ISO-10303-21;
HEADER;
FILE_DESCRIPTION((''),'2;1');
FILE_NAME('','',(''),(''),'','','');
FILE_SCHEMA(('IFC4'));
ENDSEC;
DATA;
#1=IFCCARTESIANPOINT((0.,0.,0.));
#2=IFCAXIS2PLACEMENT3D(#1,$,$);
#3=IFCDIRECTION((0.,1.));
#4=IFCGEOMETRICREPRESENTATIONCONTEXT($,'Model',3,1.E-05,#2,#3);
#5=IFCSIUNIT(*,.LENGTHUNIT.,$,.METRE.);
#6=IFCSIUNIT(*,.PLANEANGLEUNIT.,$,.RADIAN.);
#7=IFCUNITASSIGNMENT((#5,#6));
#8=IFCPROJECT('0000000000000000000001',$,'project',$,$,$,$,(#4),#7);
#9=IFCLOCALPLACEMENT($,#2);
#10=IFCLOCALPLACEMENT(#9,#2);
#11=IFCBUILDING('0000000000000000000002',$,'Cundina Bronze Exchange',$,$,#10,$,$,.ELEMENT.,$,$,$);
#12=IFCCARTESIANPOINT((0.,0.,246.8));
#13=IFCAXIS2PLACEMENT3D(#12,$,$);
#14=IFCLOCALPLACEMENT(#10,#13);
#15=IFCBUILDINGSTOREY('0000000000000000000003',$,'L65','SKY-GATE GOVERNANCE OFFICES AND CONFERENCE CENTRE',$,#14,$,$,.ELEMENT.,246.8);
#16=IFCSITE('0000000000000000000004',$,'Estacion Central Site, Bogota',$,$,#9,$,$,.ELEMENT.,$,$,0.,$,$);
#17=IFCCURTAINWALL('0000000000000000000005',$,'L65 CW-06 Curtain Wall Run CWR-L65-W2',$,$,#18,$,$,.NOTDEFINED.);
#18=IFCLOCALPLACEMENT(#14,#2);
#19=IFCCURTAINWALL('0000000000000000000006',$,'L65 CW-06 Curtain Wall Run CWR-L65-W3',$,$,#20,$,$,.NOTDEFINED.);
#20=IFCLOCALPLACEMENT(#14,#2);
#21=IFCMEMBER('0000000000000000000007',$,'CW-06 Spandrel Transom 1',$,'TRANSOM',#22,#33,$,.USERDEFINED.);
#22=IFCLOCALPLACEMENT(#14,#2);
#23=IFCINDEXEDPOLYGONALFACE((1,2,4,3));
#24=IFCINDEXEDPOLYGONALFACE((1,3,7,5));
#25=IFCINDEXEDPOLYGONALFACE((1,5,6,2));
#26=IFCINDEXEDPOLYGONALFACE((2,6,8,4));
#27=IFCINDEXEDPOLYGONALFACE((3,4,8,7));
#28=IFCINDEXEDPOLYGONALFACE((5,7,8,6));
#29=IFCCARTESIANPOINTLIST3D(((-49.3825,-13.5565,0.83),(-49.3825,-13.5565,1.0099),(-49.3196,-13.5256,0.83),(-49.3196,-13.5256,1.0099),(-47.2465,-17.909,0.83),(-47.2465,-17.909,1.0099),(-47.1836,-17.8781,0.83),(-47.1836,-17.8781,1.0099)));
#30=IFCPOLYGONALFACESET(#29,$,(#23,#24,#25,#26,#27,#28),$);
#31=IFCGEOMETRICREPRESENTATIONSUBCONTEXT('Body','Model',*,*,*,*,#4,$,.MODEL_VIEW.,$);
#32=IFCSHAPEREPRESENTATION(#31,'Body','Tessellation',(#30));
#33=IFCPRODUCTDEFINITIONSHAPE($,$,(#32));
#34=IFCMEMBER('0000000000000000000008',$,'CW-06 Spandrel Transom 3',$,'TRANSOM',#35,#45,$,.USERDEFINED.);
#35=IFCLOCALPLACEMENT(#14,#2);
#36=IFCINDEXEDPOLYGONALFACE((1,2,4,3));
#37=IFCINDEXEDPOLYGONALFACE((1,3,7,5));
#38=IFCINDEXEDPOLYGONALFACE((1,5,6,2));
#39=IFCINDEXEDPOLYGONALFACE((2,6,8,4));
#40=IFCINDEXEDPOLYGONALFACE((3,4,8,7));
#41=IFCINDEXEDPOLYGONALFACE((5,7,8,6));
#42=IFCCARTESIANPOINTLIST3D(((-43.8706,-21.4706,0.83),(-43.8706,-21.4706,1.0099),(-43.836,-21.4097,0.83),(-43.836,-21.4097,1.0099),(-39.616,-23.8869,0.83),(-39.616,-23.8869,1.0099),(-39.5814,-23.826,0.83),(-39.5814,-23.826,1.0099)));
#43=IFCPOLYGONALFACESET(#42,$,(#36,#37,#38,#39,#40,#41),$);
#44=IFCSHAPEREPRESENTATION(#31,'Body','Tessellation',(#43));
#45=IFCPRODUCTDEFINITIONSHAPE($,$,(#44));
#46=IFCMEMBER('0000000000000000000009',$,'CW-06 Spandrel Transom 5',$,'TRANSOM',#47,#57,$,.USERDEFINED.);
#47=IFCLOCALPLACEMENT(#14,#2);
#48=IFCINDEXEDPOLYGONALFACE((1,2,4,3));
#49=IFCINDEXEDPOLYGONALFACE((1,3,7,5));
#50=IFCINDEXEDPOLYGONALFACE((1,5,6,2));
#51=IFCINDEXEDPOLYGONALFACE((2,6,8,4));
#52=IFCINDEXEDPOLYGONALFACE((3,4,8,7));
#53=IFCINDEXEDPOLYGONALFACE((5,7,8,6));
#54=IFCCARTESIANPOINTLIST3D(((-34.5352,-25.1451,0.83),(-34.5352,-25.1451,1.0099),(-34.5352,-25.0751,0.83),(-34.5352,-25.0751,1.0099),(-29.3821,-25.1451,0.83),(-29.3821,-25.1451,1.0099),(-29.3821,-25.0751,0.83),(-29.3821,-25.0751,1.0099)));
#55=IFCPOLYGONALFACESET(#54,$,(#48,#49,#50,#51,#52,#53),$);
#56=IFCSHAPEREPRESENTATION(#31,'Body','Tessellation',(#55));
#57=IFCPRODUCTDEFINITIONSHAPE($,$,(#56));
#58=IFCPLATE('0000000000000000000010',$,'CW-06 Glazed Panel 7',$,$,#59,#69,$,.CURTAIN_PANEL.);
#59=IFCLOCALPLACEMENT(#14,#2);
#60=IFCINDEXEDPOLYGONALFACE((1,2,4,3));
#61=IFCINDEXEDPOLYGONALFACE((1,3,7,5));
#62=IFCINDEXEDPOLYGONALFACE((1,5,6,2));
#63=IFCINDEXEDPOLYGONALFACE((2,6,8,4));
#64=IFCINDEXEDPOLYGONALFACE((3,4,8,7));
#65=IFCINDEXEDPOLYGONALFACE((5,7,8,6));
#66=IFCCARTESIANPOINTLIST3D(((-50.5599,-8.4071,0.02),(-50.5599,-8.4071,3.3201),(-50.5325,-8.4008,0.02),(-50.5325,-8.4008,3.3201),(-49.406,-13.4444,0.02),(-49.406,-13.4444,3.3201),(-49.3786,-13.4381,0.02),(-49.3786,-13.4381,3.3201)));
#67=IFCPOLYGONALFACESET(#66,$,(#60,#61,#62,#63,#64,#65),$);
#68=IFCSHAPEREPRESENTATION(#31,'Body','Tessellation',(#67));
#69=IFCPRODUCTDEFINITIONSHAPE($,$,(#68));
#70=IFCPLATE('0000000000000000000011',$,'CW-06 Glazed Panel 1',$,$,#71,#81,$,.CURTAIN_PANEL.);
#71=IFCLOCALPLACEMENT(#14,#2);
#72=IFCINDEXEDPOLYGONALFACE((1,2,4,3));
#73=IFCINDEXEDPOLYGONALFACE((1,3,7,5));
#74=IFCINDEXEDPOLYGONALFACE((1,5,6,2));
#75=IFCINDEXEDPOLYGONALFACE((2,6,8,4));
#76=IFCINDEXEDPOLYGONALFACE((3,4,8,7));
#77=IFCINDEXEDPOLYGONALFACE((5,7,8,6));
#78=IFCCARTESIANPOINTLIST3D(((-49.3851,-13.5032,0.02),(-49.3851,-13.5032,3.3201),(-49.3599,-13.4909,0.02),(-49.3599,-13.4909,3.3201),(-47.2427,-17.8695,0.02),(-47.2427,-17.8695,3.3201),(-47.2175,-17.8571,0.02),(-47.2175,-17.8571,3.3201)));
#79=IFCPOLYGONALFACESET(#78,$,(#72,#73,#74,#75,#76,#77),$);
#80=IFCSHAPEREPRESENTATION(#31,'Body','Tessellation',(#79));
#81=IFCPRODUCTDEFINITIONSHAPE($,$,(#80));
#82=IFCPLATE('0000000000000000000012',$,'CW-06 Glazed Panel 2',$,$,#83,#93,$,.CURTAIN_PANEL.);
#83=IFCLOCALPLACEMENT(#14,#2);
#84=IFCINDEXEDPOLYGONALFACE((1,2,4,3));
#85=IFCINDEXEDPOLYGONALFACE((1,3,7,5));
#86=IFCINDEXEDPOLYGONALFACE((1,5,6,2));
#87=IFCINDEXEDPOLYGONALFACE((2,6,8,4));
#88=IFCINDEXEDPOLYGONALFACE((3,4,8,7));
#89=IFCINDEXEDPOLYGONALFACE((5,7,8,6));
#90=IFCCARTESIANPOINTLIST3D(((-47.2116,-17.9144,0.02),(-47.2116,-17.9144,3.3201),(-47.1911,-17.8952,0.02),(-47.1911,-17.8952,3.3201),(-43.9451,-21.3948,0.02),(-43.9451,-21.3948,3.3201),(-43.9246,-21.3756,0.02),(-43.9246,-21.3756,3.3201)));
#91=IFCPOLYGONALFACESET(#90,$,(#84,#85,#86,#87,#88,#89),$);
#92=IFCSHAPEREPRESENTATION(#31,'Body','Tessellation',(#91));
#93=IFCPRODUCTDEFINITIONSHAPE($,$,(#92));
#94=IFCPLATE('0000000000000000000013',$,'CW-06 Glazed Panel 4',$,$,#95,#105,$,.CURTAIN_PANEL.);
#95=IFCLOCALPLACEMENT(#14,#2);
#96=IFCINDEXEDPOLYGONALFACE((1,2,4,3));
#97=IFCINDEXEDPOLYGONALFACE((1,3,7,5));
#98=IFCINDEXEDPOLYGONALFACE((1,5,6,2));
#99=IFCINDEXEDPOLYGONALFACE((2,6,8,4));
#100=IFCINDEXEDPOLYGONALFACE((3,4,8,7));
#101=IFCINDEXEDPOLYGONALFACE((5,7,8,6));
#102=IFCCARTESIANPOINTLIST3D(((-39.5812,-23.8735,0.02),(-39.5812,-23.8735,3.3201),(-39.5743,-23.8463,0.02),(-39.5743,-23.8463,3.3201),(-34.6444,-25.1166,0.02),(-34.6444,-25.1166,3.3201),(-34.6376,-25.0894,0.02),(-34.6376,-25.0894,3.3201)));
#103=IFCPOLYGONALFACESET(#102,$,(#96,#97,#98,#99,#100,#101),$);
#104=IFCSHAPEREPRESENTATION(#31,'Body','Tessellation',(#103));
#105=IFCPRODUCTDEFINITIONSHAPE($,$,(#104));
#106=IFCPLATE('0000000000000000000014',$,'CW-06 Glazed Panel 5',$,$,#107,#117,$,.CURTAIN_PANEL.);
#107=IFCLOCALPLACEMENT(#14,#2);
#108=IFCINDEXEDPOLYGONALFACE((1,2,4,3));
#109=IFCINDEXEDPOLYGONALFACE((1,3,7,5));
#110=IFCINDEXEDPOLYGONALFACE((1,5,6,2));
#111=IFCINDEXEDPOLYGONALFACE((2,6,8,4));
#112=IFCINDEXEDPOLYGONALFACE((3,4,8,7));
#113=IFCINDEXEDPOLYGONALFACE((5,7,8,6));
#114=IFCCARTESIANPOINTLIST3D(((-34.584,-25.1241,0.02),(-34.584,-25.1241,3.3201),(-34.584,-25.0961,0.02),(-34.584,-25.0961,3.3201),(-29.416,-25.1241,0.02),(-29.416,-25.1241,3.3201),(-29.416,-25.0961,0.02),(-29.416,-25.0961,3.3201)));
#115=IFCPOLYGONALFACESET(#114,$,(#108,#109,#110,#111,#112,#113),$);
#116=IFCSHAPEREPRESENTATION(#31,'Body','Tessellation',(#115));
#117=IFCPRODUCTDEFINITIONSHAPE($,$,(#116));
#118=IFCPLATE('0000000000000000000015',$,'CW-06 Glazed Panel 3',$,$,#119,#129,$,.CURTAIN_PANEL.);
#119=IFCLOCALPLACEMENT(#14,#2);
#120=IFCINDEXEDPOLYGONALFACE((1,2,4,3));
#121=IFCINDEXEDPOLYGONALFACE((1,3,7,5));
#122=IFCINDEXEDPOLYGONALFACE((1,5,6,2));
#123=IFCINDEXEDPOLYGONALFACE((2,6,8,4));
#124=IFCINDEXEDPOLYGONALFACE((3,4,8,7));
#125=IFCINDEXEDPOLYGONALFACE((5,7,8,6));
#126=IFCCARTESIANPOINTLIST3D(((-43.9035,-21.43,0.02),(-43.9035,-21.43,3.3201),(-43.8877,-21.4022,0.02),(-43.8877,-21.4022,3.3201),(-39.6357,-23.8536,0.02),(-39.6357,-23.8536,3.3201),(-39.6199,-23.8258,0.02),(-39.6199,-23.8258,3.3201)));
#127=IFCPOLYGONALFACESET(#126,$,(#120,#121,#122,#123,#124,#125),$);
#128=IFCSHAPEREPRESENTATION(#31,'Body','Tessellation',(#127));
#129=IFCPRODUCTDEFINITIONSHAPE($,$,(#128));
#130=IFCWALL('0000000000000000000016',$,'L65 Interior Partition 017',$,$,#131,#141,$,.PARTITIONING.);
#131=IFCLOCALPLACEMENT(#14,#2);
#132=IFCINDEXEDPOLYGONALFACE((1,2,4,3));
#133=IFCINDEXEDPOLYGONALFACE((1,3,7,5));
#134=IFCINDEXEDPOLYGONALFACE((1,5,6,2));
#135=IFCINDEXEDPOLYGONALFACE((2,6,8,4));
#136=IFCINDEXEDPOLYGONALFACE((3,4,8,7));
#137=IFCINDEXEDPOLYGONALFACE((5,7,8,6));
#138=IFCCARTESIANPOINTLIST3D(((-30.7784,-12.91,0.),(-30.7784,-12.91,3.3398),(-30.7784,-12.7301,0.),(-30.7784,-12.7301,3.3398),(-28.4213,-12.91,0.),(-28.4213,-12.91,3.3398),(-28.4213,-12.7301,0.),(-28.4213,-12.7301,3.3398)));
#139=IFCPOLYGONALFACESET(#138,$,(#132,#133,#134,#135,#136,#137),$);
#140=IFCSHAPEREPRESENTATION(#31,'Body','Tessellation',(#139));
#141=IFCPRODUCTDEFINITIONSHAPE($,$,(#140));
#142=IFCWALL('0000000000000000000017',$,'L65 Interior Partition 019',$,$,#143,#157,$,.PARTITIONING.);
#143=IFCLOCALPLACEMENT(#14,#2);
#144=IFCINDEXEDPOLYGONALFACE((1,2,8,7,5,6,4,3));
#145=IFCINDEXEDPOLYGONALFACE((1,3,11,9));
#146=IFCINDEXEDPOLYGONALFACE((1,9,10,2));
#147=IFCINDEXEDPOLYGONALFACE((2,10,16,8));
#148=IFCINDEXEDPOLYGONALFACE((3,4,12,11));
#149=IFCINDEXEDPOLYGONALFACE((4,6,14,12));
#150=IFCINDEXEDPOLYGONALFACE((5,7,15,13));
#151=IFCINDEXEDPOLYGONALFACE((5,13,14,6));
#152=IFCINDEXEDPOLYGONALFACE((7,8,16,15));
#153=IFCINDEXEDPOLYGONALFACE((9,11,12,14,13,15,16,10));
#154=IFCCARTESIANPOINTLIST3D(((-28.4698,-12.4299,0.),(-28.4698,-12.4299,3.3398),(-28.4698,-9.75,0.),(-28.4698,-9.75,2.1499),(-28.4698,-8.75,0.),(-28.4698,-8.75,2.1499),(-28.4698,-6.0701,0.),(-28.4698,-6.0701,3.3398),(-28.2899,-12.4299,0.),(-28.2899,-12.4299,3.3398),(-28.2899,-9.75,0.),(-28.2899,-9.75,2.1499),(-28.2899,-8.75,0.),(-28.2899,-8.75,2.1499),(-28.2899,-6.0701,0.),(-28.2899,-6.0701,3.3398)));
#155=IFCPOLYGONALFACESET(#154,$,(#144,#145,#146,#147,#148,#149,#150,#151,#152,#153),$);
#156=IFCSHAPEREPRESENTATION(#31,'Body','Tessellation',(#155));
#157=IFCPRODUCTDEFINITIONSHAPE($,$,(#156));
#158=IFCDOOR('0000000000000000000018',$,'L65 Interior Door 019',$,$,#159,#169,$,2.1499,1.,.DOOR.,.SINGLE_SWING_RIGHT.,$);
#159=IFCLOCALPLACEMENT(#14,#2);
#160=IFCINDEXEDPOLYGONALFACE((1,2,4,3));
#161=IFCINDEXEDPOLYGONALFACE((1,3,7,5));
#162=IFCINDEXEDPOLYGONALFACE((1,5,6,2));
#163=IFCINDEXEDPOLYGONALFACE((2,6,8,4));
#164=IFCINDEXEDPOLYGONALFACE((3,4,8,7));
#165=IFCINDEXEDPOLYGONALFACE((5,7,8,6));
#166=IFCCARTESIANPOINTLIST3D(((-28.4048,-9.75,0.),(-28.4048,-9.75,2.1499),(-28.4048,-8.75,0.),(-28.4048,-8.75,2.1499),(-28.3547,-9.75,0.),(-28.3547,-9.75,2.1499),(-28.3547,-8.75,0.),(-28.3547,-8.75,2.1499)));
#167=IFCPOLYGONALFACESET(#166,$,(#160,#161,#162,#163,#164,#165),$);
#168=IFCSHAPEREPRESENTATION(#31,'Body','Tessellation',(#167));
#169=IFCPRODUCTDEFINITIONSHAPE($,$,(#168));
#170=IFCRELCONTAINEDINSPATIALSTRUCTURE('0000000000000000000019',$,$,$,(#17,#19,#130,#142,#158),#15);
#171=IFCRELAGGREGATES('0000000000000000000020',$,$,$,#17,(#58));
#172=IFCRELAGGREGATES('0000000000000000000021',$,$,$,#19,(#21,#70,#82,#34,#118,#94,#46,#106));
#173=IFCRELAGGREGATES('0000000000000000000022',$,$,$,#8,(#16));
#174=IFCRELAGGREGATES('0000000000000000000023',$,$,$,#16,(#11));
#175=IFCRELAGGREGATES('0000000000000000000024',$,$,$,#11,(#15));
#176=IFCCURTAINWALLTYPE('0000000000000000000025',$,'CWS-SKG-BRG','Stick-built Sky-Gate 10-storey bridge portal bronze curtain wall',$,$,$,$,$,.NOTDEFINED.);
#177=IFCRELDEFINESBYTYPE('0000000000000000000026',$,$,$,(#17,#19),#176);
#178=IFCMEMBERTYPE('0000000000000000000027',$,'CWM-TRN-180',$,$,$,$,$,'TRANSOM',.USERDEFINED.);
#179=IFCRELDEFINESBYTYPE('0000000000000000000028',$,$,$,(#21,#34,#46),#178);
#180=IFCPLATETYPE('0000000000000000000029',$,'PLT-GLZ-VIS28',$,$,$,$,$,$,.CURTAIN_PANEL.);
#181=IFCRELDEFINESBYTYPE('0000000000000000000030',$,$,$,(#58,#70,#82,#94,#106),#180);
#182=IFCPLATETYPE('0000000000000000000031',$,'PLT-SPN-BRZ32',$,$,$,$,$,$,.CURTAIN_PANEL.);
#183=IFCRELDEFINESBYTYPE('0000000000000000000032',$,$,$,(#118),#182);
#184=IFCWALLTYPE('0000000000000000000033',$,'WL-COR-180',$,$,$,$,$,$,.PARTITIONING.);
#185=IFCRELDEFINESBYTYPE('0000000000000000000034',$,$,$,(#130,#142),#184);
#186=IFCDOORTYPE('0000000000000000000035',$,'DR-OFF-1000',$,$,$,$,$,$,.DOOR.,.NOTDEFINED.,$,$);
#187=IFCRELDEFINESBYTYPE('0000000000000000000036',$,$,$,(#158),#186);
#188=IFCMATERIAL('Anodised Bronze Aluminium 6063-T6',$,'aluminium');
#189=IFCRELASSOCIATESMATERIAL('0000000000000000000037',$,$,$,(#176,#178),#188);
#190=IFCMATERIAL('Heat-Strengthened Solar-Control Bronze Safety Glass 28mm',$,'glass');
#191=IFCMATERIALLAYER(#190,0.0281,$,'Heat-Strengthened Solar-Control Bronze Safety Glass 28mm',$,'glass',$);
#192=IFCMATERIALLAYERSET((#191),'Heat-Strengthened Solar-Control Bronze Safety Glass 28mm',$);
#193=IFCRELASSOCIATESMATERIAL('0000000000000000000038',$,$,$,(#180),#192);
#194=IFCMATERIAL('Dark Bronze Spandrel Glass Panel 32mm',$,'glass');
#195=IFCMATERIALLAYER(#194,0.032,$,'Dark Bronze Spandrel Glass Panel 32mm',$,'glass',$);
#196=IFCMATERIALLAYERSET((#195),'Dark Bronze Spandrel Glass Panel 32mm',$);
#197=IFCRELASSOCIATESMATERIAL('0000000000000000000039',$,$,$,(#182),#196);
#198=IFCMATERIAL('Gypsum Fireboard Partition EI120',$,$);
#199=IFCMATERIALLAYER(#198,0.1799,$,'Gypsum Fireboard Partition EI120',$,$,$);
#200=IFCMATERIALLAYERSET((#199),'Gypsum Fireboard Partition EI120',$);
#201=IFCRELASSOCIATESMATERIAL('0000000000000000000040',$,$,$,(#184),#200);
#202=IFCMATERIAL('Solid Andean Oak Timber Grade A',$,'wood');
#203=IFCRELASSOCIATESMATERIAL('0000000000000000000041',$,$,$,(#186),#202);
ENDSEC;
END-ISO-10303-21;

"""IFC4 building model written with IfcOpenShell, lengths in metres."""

from ifc_helpers import new_model, si_unit, direction, frame, frame_2d, origin, origin_2d, place, context, subcontext, project, spatial, rectangle, extrude, material, layer, layer_set, material_profile, profile_set, type_object, element, fill, aggregate, save


model = new_model("IFC4")

# Units and contexts
model_context = context("Model", 3, precision=1e-05, world=origin(), true_north=direction((0.0, 1.0)))
body_context = subcontext(model_context, "Body", "Model", "MODEL_VIEW")
ifc_project = project(units=[si_unit("LENGTHUNIT", "METRE"), si_unit("PLANEANGLEUNIT", "RADIAN")], contexts=[model_context])

# Site, building, storey
site_placement = place(None, origin())
site = spatial("IfcSite", under=ifc_project, at=site_placement, Name="Estacion Central Site, Bogota", CompositionType="ELEMENT", RefElevation=0.0)
building_placement = place(site_placement, origin())
building = spatial("IfcBuilding", under=site, at=building_placement, Name="Cundina Bronze Exchange", CompositionType="ELEMENT")
storey_placement = place(building_placement, frame((0.0, 0.0, 246.8)))
storey = spatial("IfcBuildingStorey", under=building, at=storey_placement, Name="L65", Description="SKY-GATE GOVERNANCE OFFICES AND CONFERENCE CENTRE", CompositionType="ELEMENT", Elevation=246.8)

# Curtain wall
ifc_material_1 = material(Name="Anodised Bronze Aluminium 6063-T6", Category="aluminium")
curtain_wall_type = type_object("IfcCurtainWallType", Name="CWS-SKG-BRG", Description="Stick-built Sky-Gate 10-storey bridge portal bronze curtain wall", PredefinedType="NOTDEFINED", material=ifc_material_1)
curtain_wall_1_placement = place(storey_placement, origin())
curtain_wall_1 = element("IfcCurtainWall", 1, at=curtain_wall_1_placement, inside=storey, type_object=curtain_wall_type, Name="L65 CW-06 Curtain Wall Run CWR-L65-W2", PredefinedType="NOTDEFINED")

# Curtain wall, members
curtain_wall_2_placement = place(storey_placement, origin())
curtain_wall_2 = element("IfcCurtainWall", 2, at=curtain_wall_2_placement, inside=storey, type_object=curtain_wall_type, Name="L65 CW-06 Curtain Wall Run CWR-L65-W3", PredefinedType="NOTDEFINED")
ifc_material_profile_1 = material_profile(ifc_material_1, rectangle(XDim=0.0701, YDim=0.1799, at=origin_2d()), Name="AL70X180", Category="aluminium")
ifc_profile_set_1 = profile_set([ifc_material_profile_1], Name="Anodised Bronze Aluminium 6063-T6")
member_type_1 = type_object("IfcMemberType", Name="CWM-TRN-180", ElementType="TRANSOM", PredefinedType="USERDEFINED", material=ifc_profile_set_1)
member_1_placement = place(storey_placement, frame((-49.3511, -13.541, 0.9199), z_axis=(0.440554, -0.897726, 0.0), x_axis=(0.897726, 0.440554, 0.0)))
member_1 = element("IfcMember", 3, at=member_1_placement, type_object=member_type_1, Name="CW-06 Spandrel Transom 1", ObjectType="TRANSOM", PredefinedType="USERDEFINED", context=body_context, shape_type="SweptSolid", body=[
    extrude(rectangle(XDim=0.0701, YDim=0.1799, at=origin_2d()), origin(), (0.0, 0.0, 1.0), 4.8484),
])
member_2_placement = place(storey_placement, frame((-43.8533, -21.4402, 0.9199), z_axis=(0.869557, -0.493832, 0.0), x_axis=(0.493832, 0.869557, 0.0)))
member_2 = element("IfcMember", 4, at=member_2_placement, type_object=member_type_1, Name="CW-06 Spandrel Transom 3", ObjectType="TRANSOM", PredefinedType="USERDEFINED", context=body_context, shape_type="SweptSolid", body=[
    extrude(rectangle(XDim=0.0701, YDim=0.1799, at=origin_2d()), origin(), (0.0, 0.0, 1.0), 4.8928),
])
member_3_placement = place(storey_placement, frame((-34.5352, -25.1101, 0.9199), z_axis=(1.0, 0.0, 0.0), x_axis=(0.0, 1.0, 0.0)))
member_3 = element("IfcMember", 5, at=member_3_placement, type_object=member_type_1, Name="CW-06 Spandrel Transom 5", ObjectType="TRANSOM", PredefinedType="USERDEFINED", context=body_context, shape_type="SweptSolid", body=[
    extrude(rectangle(XDim=0.0701, YDim=0.1799, at=origin_2d()), origin(), (0.0, 0.0, 1.0), 5.1531),
])

# Plates
ifc_material_2 = material(Name="Heat-Strengthened Solar-Control Bronze Safety Glass 28mm", Category="glass")
ifc_layer_1 = layer(ifc_material_2, 0.0281, Name="Heat-Strengthened Solar-Control Bronze Safety Glass 28mm", Category="glass")
ifc_layer_set_1 = layer_set([ifc_layer_1], Name="Heat-Strengthened Solar-Control Bronze Safety Glass 28mm")
plate_type_1 = type_object("IfcPlateType", Name="PLT-GLZ-VIS28", PredefinedType="CURTAIN_PANEL", material=ifc_layer_set_1)
plate_1_placement = place(storey_placement, frame((-49.9692, -10.9226, 0.02), z_axis=(0.0, 0.0, 1.0), x_axis=(0.223284, -0.974753, 0.0)))
plate_1 = element("IfcPlate", 6, at=plate_1_placement, type_object=plate_type_1, Name="CW-06 Glazed Panel 7", PredefinedType="CURTAIN_PANEL", context=body_context, shape_type="SweptSolid", body=[
    extrude(rectangle(XDim=5.1677, YDim=0.0281, at=origin_2d()), origin(), (0.0, 0.0, 1.0), 3.3),
])
aggregate(curtain_wall_1, [plate_1])
plate_2_placement = place(storey_placement, frame((-48.3013, -15.6802, 0.02), z_axis=(0.0, 0.0, 1.0), x_axis=(0.440503, -0.897751, 0.0)))
plate_2 = element("IfcPlate", 7, at=plate_2_placement, type_object=plate_type_1, Name="CW-06 Glazed Panel 1", PredefinedType="CURTAIN_PANEL", context=body_context, shape_type="SweptSolid", body=[
    extrude(rectangle(XDim=4.8635, YDim=0.0281, at=origin_2d()), origin(), (0.0, 0.0, 1.0), 3.3),
])
plate_3_placement = place(storey_placement, frame((-45.5681, -19.645, 0.02), z_axis=(0.0, 0.0, 1.0), x_axis=(0.684344, -0.72916, 0.0)))
plate_3 = element("IfcPlate", 8, at=plate_3_placement, type_object=plate_type_1, Name="CW-06 Glazed Panel 2", PredefinedType="CURTAIN_PANEL", context=body_context, shape_type="SweptSolid", body=[
    extrude(rectangle(XDim=4.7732, YDim=0.0281, at=origin_2d()), origin(), (0.0, 0.0, 1.0), 3.3),
])
plate_4_placement = place(storey_placement, frame((-37.1094, -24.4814, 0.02), z_axis=(0.0, 0.0, 1.0), x_axis=(0.969732, -0.244174, 0.0)))
plate_4 = element("IfcPlate", 9, at=plate_4_placement, type_object=plate_type_1, Name="CW-06 Glazed Panel 4", PredefinedType="CURTAIN_PANEL", context=body_context, shape_type="SweptSolid", body=[
    extrude(rectangle(XDim=5.0908, YDim=0.0281, at=origin_2d()), origin(), (0.0, 0.0, 1.0), 3.3),
])
plate_5_placement = place(storey_placement, frame((-32.0, -25.1101, 0.02), z_axis=(0.0, 0.0, 1.0), x_axis=(1.0, 0.0, 0.0)))
plate_5 = element("IfcPlate", 10, at=plate_5_placement, type_object=plate_type_1, Name="CW-06 Glazed Panel 5", PredefinedType="CURTAIN_PANEL", context=body_context, shape_type="SweptSolid", body=[
    extrude(rectangle(XDim=5.168, YDim=0.0281, at=origin_2d()), origin(), (0.0, 0.0, 1.0), 3.3),
])
ifc_material_3 = material(Name="Dark Bronze Spandrel Glass Panel 32mm", Category="glass")
ifc_layer_2 = layer(ifc_material_3, 0.032, Name="Dark Bronze Spandrel Glass Panel 32mm", Category="glass")
ifc_layer_set_2 = layer_set([ifc_layer_2], Name="Dark Bronze Spandrel Glass Panel 32mm")
plate_type_2 = type_object("IfcPlateType", Name="PLT-SPN-BRZ32", PredefinedType="CURTAIN_PANEL", material=ifc_layer_set_2)
plate_6_placement = place(storey_placement, frame((-41.7617, -22.6279, 0.02), z_axis=(0.0, 0.0, 1.0), x_axis=(0.869573, -0.493805, 0.0)))
plate_6 = element("IfcPlate", 11, at=plate_6_placement, type_object=plate_type_2, Name="CW-06 Glazed Panel 3", PredefinedType="CURTAIN_PANEL", context=body_context, shape_type="SweptSolid", body=[
    extrude(rectangle(XDim=4.908, YDim=0.032, at=origin_2d()), origin(), (0.0, 0.0, 1.0), 3.3),
])
aggregate(curtain_wall_2, [member_1, plate_2, plate_3, member_2, plate_6, plate_4, member_3, plate_5])

# Wall
ifc_material_4 = material(Name="Gypsum Fireboard Partition EI120")
ifc_layer_3 = layer(ifc_material_4, 0.1799, Name="Gypsum Fireboard Partition EI120")
ifc_layer_set_3 = layer_set([ifc_layer_3], Name="Gypsum Fireboard Partition EI120")
wall_type_1 = type_object("IfcWallType", Name="WL-COR-180", PredefinedType="PARTITIONING", material=ifc_layer_set_3)
wall_1_placement = place(storey_placement, frame((-30.7786, -12.8201, 0.0), z_axis=(0.0, 0.0, 1.0), x_axis=(1.0, 0.0, 0.0)))
element("IfcWall", 12, at=wall_1_placement, inside=storey, type_object=wall_type_1, Name="L65 Interior Partition 017", PredefinedType="PARTITIONING", context=body_context, shape_type="SweptSolid", body=[
    extrude(rectangle(XDim=2.3572, YDim=0.1799, at=frame_2d((1.1787, 0.0))), origin(), (0.0, 0.0, 1.0), 3.3398),
])

# Wall, opening, door
wall_2_placement = place(storey_placement, frame((-28.3799, -12.4299, 0.0), z_axis=(0.0, 0.0, 1.0), x_axis=(0.0, 1.0, 0.0)))
wall_2 = element("IfcWall", 13, at=wall_2_placement, inside=storey, type_object=wall_type_1, Name="L65 Interior Partition 019", PredefinedType="PARTITIONING", context=body_context, shape_type="SweptSolid", body=[
    extrude(rectangle(XDim=6.3599, YDim=0.1799, at=frame_2d((3.1799, 0.0))), origin(), (0.0, 0.0, 1.0), 3.3398),
])
opening_1_placement = place(wall_2_placement, frame((2.6799, 0.0, 0.0)))
opening_1 = element("IfcOpeningElement", 14, at=opening_1_placement, cuts=wall_2, PredefinedType="OPENING", context=body_context, shape_type="SweptSolid", body=[
    extrude(rectangle(XDim=1.0, YDim=2.1499, at=frame_2d((0.5, 1.075))), frame((0.0, 0.0999, 0.0), z_axis=(0.0, -1.0, 0.0), x_axis=(1.0, 0.0, 0.0)), (0.0, 0.0, 1.0), 0.2),
])
ifc_material_5 = material(Name="Solid Andean Oak Timber Grade A", Category="wood")
door_type = type_object("IfcDoorType", Name="DR-OFF-1000", OperationType="NOTDEFINED", PredefinedType="DOOR", material=ifc_material_5)
door_1_placement = place(opening_1_placement, origin())
door_1 = element("IfcDoor", 15, at=door_1_placement, inside=storey, type_object=door_type, Name="L65 Interior Door 019", OperationType="SINGLE_SWING_RIGHT", OverallHeight=2.1499, OverallWidth=1.0, PredefinedType="DOOR", context=body_context, shape_type="SweptSolid", body=[
    extrude(rectangle(XDim=1.0, YDim=2.1499, at=frame_2d((0.5, 1.075))), frame((0.0, 0.0249, 0.0), z_axis=(0.0, -1.0, 0.0), x_axis=(1.0, 0.0, 0.0)), (0.0, 0.0, 1.0), 0.05),
])
fill(opening_1, door_1)

save(model, "model.ifc")
